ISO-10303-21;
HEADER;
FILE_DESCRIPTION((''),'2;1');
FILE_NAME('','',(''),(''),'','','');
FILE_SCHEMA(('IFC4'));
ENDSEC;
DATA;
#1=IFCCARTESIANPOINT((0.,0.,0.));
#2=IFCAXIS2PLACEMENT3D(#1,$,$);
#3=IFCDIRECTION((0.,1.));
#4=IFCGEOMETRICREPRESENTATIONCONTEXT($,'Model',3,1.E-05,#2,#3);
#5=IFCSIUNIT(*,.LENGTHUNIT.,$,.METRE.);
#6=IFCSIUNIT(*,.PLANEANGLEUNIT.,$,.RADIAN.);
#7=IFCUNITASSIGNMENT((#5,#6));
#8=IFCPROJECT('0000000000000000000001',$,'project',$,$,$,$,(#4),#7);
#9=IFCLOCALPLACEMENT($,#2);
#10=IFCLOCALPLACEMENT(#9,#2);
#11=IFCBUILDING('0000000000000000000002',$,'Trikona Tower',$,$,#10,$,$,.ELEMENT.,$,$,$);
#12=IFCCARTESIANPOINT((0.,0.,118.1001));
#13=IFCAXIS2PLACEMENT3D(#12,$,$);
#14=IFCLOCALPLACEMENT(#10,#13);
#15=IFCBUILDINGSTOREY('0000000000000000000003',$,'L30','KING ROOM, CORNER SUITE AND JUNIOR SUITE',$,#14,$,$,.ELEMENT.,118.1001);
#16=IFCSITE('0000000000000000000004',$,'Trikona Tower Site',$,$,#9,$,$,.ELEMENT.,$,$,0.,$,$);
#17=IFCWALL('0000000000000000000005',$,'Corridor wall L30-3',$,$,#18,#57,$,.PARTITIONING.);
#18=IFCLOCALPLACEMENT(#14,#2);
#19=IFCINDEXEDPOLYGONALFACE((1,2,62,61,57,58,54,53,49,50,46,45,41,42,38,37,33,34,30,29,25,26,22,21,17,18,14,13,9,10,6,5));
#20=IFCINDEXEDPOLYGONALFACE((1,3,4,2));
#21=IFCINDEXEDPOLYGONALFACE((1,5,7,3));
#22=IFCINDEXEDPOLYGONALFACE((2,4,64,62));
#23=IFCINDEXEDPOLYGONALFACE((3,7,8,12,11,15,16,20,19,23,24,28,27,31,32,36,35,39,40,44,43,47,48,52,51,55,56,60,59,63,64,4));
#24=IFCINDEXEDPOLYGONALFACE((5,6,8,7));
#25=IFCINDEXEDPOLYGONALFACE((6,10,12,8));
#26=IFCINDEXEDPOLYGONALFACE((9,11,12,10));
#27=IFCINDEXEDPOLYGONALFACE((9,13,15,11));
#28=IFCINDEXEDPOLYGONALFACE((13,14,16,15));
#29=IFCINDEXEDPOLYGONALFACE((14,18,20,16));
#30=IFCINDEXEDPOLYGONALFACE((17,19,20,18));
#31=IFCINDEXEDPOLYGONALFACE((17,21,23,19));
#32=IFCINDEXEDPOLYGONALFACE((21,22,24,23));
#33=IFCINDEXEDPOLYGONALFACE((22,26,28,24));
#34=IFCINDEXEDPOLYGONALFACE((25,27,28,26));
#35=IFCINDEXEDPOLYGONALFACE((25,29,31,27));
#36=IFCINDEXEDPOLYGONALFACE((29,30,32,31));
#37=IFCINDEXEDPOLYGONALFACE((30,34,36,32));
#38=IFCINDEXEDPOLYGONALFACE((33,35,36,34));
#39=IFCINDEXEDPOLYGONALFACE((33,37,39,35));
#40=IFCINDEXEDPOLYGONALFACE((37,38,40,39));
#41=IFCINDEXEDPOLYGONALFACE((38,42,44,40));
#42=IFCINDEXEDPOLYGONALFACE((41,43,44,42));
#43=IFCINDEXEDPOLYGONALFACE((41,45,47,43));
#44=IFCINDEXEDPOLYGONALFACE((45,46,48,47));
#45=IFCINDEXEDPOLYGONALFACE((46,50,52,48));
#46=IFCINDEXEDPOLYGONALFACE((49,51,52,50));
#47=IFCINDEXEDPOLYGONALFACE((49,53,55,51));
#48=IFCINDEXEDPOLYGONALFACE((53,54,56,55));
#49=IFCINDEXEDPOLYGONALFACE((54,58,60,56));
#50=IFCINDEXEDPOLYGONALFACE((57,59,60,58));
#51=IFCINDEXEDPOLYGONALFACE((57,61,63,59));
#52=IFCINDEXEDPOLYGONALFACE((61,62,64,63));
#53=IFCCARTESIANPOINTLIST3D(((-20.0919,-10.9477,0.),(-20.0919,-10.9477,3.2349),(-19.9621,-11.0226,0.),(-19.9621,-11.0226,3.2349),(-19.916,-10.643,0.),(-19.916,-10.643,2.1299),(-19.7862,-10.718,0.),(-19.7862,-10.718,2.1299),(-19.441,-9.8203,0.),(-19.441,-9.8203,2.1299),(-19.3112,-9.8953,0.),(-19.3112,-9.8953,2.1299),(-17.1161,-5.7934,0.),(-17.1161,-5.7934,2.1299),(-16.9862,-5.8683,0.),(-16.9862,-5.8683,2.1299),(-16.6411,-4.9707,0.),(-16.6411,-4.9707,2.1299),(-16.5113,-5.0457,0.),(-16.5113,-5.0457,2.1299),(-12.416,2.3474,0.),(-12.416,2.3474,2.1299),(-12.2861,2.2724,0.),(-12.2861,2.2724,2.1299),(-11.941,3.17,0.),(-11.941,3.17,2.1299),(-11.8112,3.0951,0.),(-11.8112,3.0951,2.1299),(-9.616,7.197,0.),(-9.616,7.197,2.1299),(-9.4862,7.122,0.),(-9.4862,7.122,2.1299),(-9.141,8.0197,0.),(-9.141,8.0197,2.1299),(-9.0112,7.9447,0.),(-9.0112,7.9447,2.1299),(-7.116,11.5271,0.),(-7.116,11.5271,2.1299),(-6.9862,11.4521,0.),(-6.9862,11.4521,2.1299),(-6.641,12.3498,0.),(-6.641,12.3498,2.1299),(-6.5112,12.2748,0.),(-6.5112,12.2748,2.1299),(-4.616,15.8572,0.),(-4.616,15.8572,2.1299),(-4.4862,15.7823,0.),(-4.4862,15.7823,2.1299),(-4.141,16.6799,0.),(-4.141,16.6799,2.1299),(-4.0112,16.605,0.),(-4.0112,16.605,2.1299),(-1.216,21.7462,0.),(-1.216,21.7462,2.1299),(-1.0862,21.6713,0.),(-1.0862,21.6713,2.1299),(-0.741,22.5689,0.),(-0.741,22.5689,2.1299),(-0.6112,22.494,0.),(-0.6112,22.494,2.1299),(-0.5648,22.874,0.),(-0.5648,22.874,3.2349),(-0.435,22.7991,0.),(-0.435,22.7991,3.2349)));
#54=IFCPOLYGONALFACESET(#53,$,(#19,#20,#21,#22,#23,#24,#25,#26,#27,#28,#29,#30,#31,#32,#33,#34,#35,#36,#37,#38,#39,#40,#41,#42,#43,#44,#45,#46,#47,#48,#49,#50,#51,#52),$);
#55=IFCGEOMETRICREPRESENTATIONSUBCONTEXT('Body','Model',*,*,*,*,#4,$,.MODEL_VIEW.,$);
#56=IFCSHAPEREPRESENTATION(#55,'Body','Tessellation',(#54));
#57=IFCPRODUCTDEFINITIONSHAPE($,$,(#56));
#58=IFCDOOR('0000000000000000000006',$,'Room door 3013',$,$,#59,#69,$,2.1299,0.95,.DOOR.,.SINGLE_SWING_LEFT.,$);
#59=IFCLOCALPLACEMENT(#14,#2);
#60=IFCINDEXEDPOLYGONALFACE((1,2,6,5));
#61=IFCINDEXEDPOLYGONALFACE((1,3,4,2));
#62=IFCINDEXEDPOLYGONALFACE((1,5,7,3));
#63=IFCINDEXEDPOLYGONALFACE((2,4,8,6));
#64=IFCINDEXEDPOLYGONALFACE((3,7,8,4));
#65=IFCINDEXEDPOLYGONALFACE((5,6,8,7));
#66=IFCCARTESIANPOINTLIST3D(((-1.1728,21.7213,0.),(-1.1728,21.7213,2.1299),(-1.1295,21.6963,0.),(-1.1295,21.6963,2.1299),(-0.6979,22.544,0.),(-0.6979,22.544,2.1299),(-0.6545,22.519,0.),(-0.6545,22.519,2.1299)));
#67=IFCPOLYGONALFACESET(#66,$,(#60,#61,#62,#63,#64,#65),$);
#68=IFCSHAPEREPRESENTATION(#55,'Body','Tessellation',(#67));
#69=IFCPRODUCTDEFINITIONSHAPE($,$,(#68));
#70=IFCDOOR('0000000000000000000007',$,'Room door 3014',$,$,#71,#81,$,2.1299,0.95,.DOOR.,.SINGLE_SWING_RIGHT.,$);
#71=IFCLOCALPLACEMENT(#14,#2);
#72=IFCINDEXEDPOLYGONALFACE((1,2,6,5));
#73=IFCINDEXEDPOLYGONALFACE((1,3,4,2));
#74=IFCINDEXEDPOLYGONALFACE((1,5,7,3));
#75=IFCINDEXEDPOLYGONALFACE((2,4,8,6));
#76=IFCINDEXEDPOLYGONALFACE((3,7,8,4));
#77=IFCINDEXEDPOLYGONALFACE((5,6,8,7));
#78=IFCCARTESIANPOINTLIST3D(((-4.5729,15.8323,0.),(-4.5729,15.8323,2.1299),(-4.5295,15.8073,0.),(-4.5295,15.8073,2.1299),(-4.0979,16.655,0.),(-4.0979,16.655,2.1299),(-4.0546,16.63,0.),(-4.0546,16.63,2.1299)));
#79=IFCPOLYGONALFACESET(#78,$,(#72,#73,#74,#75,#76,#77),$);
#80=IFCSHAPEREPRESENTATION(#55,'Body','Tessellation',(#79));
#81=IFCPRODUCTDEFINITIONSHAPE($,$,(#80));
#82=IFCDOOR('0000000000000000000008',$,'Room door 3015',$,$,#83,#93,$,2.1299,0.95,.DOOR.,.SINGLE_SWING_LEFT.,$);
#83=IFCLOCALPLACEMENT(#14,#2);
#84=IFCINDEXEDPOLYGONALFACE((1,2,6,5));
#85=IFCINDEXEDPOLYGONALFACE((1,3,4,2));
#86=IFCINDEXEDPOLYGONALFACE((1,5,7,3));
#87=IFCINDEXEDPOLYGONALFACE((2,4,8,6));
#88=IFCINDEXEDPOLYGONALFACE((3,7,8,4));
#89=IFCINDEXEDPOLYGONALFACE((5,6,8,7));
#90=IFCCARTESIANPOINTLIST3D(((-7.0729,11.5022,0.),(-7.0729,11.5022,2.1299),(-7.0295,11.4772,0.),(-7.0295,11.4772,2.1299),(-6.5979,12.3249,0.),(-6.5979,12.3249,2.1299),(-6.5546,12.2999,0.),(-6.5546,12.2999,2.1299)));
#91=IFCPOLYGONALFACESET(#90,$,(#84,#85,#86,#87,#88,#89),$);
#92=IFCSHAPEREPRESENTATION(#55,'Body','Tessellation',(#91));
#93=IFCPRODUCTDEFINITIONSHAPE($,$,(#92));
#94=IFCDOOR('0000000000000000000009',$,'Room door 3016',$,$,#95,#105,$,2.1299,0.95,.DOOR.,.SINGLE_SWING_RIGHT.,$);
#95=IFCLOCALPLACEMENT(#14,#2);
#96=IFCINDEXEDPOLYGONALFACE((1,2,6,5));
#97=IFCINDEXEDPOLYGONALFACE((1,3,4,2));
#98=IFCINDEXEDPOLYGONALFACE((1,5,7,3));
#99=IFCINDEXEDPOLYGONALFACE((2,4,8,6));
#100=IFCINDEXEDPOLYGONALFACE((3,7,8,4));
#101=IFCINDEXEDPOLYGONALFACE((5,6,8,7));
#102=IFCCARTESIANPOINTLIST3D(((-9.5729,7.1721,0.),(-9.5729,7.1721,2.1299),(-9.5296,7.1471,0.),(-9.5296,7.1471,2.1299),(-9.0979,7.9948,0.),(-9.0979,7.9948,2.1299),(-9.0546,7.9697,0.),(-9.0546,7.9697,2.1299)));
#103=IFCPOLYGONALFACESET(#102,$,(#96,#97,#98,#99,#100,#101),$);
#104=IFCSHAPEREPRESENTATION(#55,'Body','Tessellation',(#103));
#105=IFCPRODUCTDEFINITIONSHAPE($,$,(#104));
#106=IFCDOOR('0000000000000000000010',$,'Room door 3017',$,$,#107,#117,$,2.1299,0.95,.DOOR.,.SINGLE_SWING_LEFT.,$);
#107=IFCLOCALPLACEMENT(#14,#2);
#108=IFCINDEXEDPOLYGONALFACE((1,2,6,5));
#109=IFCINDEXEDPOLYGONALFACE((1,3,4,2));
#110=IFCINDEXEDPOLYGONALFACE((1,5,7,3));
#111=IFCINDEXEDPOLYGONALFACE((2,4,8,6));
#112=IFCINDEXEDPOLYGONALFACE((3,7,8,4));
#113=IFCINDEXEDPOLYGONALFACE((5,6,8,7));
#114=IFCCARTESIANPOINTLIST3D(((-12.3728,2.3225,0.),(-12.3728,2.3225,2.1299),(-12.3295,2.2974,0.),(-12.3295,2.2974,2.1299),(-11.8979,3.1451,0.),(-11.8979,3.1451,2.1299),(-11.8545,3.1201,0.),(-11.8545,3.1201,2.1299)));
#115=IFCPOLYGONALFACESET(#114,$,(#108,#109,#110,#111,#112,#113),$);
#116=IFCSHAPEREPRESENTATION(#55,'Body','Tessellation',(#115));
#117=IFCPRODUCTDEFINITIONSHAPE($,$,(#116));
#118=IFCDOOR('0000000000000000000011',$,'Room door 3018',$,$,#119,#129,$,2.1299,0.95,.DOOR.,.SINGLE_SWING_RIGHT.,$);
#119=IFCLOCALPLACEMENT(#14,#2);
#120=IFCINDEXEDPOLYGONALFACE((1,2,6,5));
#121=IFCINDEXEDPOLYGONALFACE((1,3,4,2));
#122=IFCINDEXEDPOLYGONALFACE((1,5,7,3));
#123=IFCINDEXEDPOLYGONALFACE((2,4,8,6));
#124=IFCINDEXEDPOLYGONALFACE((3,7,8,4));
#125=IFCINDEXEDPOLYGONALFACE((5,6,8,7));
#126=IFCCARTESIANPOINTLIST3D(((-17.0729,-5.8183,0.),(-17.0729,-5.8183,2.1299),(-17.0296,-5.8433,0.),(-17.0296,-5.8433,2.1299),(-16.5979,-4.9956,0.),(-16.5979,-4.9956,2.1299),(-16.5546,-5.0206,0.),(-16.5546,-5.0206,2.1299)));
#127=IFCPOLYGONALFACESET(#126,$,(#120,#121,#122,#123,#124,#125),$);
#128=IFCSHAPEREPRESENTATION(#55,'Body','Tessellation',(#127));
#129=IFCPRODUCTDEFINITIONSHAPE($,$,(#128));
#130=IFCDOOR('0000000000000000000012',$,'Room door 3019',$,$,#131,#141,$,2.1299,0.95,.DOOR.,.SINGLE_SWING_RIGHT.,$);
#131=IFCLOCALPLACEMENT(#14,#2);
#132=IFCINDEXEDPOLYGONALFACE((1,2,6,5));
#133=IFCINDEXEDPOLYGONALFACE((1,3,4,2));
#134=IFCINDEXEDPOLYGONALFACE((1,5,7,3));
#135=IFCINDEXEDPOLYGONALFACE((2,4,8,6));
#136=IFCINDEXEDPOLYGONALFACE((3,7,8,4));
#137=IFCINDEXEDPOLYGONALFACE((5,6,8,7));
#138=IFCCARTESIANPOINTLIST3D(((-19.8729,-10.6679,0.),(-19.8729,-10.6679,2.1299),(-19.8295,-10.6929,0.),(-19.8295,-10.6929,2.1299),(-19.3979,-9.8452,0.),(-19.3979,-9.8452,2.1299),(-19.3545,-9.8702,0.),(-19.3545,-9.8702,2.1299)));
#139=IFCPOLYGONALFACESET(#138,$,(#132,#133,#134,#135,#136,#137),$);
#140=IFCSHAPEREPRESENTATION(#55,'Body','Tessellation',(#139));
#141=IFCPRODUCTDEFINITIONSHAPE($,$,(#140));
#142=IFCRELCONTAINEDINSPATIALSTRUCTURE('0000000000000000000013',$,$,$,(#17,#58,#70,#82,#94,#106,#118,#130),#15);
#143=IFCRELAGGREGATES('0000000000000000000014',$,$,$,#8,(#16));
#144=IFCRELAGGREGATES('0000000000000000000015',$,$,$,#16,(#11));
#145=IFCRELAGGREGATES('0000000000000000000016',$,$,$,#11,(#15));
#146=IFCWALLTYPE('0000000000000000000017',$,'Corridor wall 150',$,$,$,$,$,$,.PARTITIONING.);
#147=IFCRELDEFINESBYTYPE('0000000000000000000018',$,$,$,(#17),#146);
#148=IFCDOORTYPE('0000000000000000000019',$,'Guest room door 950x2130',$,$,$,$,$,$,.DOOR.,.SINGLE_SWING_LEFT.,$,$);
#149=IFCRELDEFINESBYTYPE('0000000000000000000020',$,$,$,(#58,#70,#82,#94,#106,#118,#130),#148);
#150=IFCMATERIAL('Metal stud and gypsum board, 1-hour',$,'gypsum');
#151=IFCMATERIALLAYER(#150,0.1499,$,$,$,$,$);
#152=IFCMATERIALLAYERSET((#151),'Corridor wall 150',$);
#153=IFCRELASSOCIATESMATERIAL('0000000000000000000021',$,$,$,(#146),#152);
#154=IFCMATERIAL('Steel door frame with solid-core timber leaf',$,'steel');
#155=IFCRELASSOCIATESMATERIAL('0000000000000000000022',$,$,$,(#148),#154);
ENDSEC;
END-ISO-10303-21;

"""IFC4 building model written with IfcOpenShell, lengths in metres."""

from ifc_helpers import new_model, si_unit, direction, frame, frame_2d, origin, place, context, subcontext, project, spatial, rectangle, extrude, material, layer, layer_set, type_object, element, fill, save


model = new_model("IFC4")

# Units and contexts
model_context = context("Model", 3, precision=1e-05, world=origin(), true_north=direction((0.0, 1.0)))
body_context = subcontext(model_context, "Body", "Model", "MODEL_VIEW")
ifc_project = project(units=[si_unit("LENGTHUNIT", "METRE"), si_unit("PLANEANGLEUNIT", "RADIAN")], contexts=[model_context])

# Site, building, storey
site_placement = place(None, origin())
site = spatial("IfcSite", under=ifc_project, at=site_placement, Name="Trikona Tower Site", CompositionType="ELEMENT", RefElevation=0.0)
building_placement = place(site_placement, origin())
building = spatial("IfcBuilding", under=site, at=building_placement, Name="Trikona Tower", CompositionType="ELEMENT")
storey_placement = place(building_placement, frame((0.0, 0.0, 118.1001)))
storey = spatial("IfcBuildingStorey", under=building, at=storey_placement, Name="L30", Description="KING ROOM, CORNER SUITE AND JUNIOR SUITE", CompositionType="ELEMENT", Elevation=118.1001)

# Wall, openings, doors
ifc_material_1 = material(Name="Metal stud and gypsum board, 1-hour", Category="gypsum")
ifc_layer_1 = layer(ifc_material_1, 0.1499)
ifc_layer_set_1 = layer_set([ifc_layer_1], Name="Corridor wall 150")
wall_type_1 = type_object("IfcWallType", Name="Corridor wall 150", PredefinedType="PARTITIONING", material=ifc_layer_set_1)
wall_1_placement = place(storey_placement, frame((-0.5, 22.8364, 0.0), z_axis=(0.0, 0.0, 1.0), x_axis=(-0.500002, -0.866024, 0.0)))
wall_1 = element("IfcWall", 1, at=wall_1_placement, inside=storey, type_object=wall_type_1, Name="Corridor wall L30-3", PredefinedType="PARTITIONING", context=body_context, shape_type="SweptSolid", body=[
    extrude(rectangle(XDim=39.054, YDim=0.1499, at=frame_2d((19.5269, 0.0))), origin(), (0.0, 0.0, 1.0), 3.2349),
])
opening_1_placement = place(wall_1_placement, frame((0.3521, 0.0, 0.0)))
opening_1 = element("IfcOpeningElement", 2, at=opening_1_placement, cuts=wall_1, PredefinedType="OPENING", context=body_context, shape_type="SweptSolid", body=[
    extrude(rectangle(XDim=0.95, YDim=2.1299, at=frame_2d((0.4751, 1.0649))), frame((0.0, 0.085, 0.0), z_axis=(0.0, -1.0, 0.0), x_axis=(1.0, 0.0, 0.0)), (0.0, 0.0, 1.0), 0.1699),
])
opening_2_placement = place(wall_1_placement, frame((7.1521, 0.0, 0.0)))
opening_2 = element("IfcOpeningElement", 3, at=opening_2_placement, cuts=wall_1, PredefinedType="OPENING", context=body_context, shape_type="SweptSolid", body=[
    extrude(rectangle(XDim=0.95, YDim=2.1299, at=frame_2d((0.4751, 1.0649))), frame((0.0, 0.085, 0.0), z_axis=(0.0, -1.0, 0.0), x_axis=(1.0, 0.0, 0.0)), (0.0, 0.0, 1.0), 0.1699),
])
opening_3_placement = place(wall_1_placement, frame((12.1521, 0.0, 0.0)))
opening_3 = element("IfcOpeningElement", 4, at=opening_3_placement, cuts=wall_1, PredefinedType="OPENING", context=body_context, shape_type="SweptSolid", body=[
    extrude(rectangle(XDim=0.95, YDim=2.1299, at=frame_2d((0.4751, 1.0649))), frame((0.0, 0.085, 0.0), z_axis=(0.0, -1.0, 0.0), x_axis=(1.0, 0.0, 0.0)), (0.0, 0.0, 1.0), 0.1699),
])
opening_4_placement = place(wall_1_placement, frame((17.1521, 0.0, 0.0)))
opening_4 = element("IfcOpeningElement", 5, at=opening_4_placement, cuts=wall_1, PredefinedType="OPENING", context=body_context, shape_type="SweptSolid", body=[
    extrude(rectangle(XDim=0.95, YDim=2.1299, at=frame_2d((0.4751, 1.0649))), frame((0.0, 0.085, 0.0), z_axis=(0.0, -1.0, 0.0), x_axis=(1.0, 0.0, 0.0)), (0.0, 0.0, 1.0), 0.1699),
])
opening_5_placement = place(wall_1_placement, frame((22.752, 0.0, 0.0)))
opening_5 = element("IfcOpeningElement", 6, at=opening_5_placement, cuts=wall_1, PredefinedType="OPENING", context=body_context, shape_type="SweptSolid", body=[
    extrude(rectangle(XDim=0.95, YDim=2.1299, at=frame_2d((0.4751, 1.0649))), frame((0.0, 0.085, 0.0), z_axis=(0.0, -1.0, 0.0), x_axis=(1.0, 0.0, 0.0)), (0.0, 0.0, 1.0), 0.1699),
])
opening_6_placement = place(wall_1_placement, frame((32.1521, 0.0, 0.0)))
opening_6 = element("IfcOpeningElement", 7, at=opening_6_placement, cuts=wall_1, PredefinedType="OPENING", context=body_context, shape_type="SweptSolid", body=[
    extrude(rectangle(XDim=0.95, YDim=2.1299, at=frame_2d((0.4751, 1.0649))), frame((0.0, 0.085, 0.0), z_axis=(0.0, -1.0, 0.0), x_axis=(1.0, 0.0, 0.0)), (0.0, 0.0, 1.0), 0.1699),
])
opening_7_placement = place(wall_1_placement, frame((37.752, 0.0, 0.0)))
opening_7 = element("IfcOpeningElement", 8, at=opening_7_placement, cuts=wall_1, PredefinedType="OPENING", context=body_context, shape_type="SweptSolid", body=[
    extrude(rectangle(XDim=0.95, YDim=2.1299, at=frame_2d((0.4751, 1.0649))), frame((0.0, 0.085, 0.0), z_axis=(0.0, -1.0, 0.0), x_axis=(1.0, 0.0, 0.0)), (0.0, 0.0, 1.0), 0.1699),
])
ifc_material_2 = material(Name="Steel door frame with solid-core timber leaf", Category="steel")
door_type = type_object("IfcDoorType", Name="Guest room door 950x2130", OperationType="SINGLE_SWING_LEFT", PredefinedType="DOOR", material=ifc_material_2)
door_1_placement = place(opening_1_placement, origin())
door_1 = element("IfcDoor", 9, at=door_1_placement, inside=storey, type_object=door_type, Name="Room door 3013", OperationType="SINGLE_SWING_LEFT", OverallHeight=2.1299, OverallWidth=0.95, PredefinedType="DOOR", context=body_context, shape_type="SweptSolid", body=[
    extrude(rectangle(XDim=0.95, YDim=2.1299, at=frame_2d((0.4751, 1.0649))), frame((0.0, 0.0249, 0.0), z_axis=(0.0, -1.0, 0.0), x_axis=(1.0, 0.0, 0.0)), (0.0, 0.0, 1.0), 0.05),
])
fill(opening_1, door_1)
door_2_placement = place(opening_2_placement, origin())
door_2 = element("IfcDoor", 10, at=door_2_placement, inside=storey, type_object=door_type, Name="Room door 3014", OperationType="SINGLE_SWING_RIGHT", OverallHeight=2.1299, OverallWidth=0.95, PredefinedType="DOOR", context=body_context, shape_type="SweptSolid", body=[
    extrude(rectangle(XDim=0.95, YDim=2.1299, at=frame_2d((0.4751, 1.0649))), frame((0.0, 0.0249, 0.0), z_axis=(0.0, -1.0, 0.0), x_axis=(1.0, 0.0, 0.0)), (0.0, 0.0, 1.0), 0.05),
])
fill(opening_2, door_2)
door_3_placement = place(opening_3_placement, origin())
door_3 = element("IfcDoor", 11, at=door_3_placement, inside=storey, type_object=door_type, Name="Room door 3015", OperationType="SINGLE_SWING_LEFT", OverallHeight=2.1299, OverallWidth=0.95, PredefinedType="DOOR", context=body_context, shape_type="SweptSolid", body=[
    extrude(rectangle(XDim=0.95, YDim=2.1299, at=frame_2d((0.4751, 1.0649))), frame((0.0, 0.0249, 0.0), z_axis=(0.0, -1.0, 0.0), x_axis=(1.0, 0.0, 0.0)), (0.0, 0.0, 1.0), 0.05),
])
fill(opening_3, door_3)
door_4_placement = place(opening_4_placement, origin())
door_4 = element("IfcDoor", 12, at=door_4_placement, inside=storey, type_object=door_type, Name="Room door 3016", OperationType="SINGLE_SWING_RIGHT", OverallHeight=2.1299, OverallWidth=0.95, PredefinedType="DOOR", context=body_context, shape_type="SweptSolid", body=[
    extrude(rectangle(XDim=0.95, YDim=2.1299, at=frame_2d((0.4751, 1.0649))), frame((0.0, 0.0249, 0.0), z_axis=(0.0, -1.0, 0.0), x_axis=(1.0, 0.0, 0.0)), (0.0, 0.0, 1.0), 0.05),
])
fill(opening_4, door_4)
door_5_placement = place(opening_5_placement, origin())
door_5 = element("IfcDoor", 13, at=door_5_placement, inside=storey, type_object=door_type, Name="Room door 3017", OperationType="SINGLE_SWING_LEFT", OverallHeight=2.1299, OverallWidth=0.95, PredefinedType="DOOR", context=body_context, shape_type="SweptSolid", body=[
    extrude(rectangle(XDim=0.95, YDim=2.1299, at=frame_2d((0.4751, 1.0649))), frame((0.0, 0.0249, 0.0), z_axis=(0.0, -1.0, 0.0), x_axis=(1.0, 0.0, 0.0)), (0.0, 0.0, 1.0), 0.05),
])
fill(opening_5, door_5)
door_6_placement = place(opening_6_placement, origin())
door_6 = element("IfcDoor", 14, at=door_6_placement, inside=storey, type_object=door_type, Name="Room door 3018", OperationType="SINGLE_SWING_RIGHT", OverallHeight=2.1299, OverallWidth=0.95, PredefinedType="DOOR", context=body_context, shape_type="SweptSolid", body=[
    extrude(rectangle(XDim=0.95, YDim=2.1299, at=frame_2d((0.4751, 1.0649))), frame((0.0, 0.0249, 0.0), z_axis=(0.0, -1.0, 0.0), x_axis=(1.0, 0.0, 0.0)), (0.0, 0.0, 1.0), 0.05),
])
fill(opening_6, door_6)
door_7_placement = place(opening_7_placement, origin())
door_7 = element("IfcDoor", 15, at=door_7_placement, inside=storey, type_object=door_type, Name="Room door 3019", OperationType="SINGLE_SWING_RIGHT", OverallHeight=2.1299, OverallWidth=0.95, PredefinedType="DOOR", context=body_context, shape_type="SweptSolid", body=[
    extrude(rectangle(XDim=0.95, YDim=2.1299, at=frame_2d((0.4751, 1.0649))), frame((0.0, 0.0249, 0.0), z_axis=(0.0, -1.0, 0.0), x_axis=(1.0, 0.0, 0.0)), (0.0, 0.0, 1.0), 0.05),
])
fill(opening_7, door_7)

save(model, "model.ifc")
